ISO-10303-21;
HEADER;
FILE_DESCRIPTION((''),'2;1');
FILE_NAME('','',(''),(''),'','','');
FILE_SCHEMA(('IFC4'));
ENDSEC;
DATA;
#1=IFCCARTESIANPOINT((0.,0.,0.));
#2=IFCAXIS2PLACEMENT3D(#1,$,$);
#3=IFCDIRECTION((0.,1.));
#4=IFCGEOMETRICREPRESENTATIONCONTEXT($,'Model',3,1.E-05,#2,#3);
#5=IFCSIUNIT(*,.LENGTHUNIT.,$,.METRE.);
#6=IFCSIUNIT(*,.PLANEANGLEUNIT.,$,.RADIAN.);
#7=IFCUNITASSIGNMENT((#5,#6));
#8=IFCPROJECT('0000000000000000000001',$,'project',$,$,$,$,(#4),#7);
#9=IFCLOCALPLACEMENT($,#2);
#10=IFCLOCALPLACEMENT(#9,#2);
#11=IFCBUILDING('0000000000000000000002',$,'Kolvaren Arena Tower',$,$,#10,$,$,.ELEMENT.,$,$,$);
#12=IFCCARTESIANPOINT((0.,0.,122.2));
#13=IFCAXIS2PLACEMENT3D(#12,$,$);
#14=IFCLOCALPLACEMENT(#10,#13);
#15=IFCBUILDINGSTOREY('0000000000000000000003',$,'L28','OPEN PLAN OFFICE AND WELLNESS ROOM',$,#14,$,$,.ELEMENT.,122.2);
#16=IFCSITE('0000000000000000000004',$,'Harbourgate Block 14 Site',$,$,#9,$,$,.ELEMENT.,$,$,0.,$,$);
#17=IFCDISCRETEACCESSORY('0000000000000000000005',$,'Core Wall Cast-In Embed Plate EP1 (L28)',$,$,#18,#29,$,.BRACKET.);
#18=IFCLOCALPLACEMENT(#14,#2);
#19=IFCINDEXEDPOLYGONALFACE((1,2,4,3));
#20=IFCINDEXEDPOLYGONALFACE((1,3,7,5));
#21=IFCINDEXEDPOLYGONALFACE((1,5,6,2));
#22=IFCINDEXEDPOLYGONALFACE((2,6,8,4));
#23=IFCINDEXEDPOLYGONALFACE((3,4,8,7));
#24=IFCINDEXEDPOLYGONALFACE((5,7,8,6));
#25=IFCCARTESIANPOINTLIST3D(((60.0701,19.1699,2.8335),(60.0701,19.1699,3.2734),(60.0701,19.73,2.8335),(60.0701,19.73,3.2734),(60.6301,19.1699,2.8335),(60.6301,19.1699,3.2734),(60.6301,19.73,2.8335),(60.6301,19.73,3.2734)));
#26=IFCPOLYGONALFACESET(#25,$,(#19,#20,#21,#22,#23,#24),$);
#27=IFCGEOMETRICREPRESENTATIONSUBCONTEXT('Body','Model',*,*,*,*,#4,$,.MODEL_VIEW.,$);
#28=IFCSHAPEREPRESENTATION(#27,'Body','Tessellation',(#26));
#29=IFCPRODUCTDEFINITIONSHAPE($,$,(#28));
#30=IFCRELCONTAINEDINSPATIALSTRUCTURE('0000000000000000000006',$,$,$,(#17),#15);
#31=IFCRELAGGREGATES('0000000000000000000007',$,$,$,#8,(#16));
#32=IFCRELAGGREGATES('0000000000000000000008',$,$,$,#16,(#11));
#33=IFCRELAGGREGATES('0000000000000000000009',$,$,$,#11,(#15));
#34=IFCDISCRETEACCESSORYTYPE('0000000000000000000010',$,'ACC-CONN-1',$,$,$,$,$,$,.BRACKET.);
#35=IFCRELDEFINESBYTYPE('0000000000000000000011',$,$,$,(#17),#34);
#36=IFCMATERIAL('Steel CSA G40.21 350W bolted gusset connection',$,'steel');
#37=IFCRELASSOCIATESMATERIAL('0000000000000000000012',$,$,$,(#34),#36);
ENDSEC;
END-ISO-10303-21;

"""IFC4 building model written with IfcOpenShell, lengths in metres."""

from ifc_helpers import new_model, si_unit, direction, frame, origin, origin_2d, place, context, subcontext, project, spatial, rectangle, extrude, material, type_object, element, save


model = new_model("IFC4")

# Units and contexts
model_context = context("Model", 3, precision=1e-05, world=origin(), true_north=direction((0.0, 1.0)))
body_context = subcontext(model_context, "Body", "Model", "MODEL_VIEW")
ifc_project = project(units=[si_unit("LENGTHUNIT", "METRE"), si_unit("PLANEANGLEUNIT", "RADIAN")], contexts=[model_context])

# Site, building, storey
site_placement = place(None, origin())
site = spatial("IfcSite", under=ifc_project, at=site_placement, Name="Harbourgate Block 14 Site", CompositionType="ELEMENT", RefElevation=0.0)
building_placement = place(site_placement, origin())
building = spatial("IfcBuilding", under=site, at=building_placement, Name="Kolvaren Arena Tower", CompositionType="ELEMENT")
storey_placement = place(building_placement, frame((0.0, 0.0, 122.2)))
storey = spatial("IfcBuildingStorey", under=building, at=storey_placement, Name="L28", Description="OPEN PLAN OFFICE AND WELLNESS ROOM", CompositionType="ELEMENT", Elevation=122.2)

# Discrete accessory
ifc_material_1 = material(Name="Steel CSA G40.21 350W bolted gusset connection", Category="steel")
discrete_accessory_type_1 = type_object("IfcDiscreteAccessoryType", Name="ACC-CONN-1", PredefinedType="BRACKET", material=ifc_material_1)
discrete_accessory_1_placement = place(storey_placement, frame((60.3501, 19.45, 2.8335), z_axis=(0.0, 0.0, 1.0), x_axis=(1.0, 0.0, 0.0)))
element("IfcDiscreteAccessory", 1, at=discrete_accessory_1_placement, inside=storey, type_object=discrete_accessory_type_1, Name="Core Wall Cast-In Embed Plate EP1 (L28)", PredefinedType="BRACKET", context=body_context, shape_type="SweptSolid", body=[
    extrude(rectangle(XDim=0.5601, YDim=0.5601, at=origin_2d()), origin(), (0.0, 0.0, 1.0), 0.4399),
])

save(model, "model.ifc")
